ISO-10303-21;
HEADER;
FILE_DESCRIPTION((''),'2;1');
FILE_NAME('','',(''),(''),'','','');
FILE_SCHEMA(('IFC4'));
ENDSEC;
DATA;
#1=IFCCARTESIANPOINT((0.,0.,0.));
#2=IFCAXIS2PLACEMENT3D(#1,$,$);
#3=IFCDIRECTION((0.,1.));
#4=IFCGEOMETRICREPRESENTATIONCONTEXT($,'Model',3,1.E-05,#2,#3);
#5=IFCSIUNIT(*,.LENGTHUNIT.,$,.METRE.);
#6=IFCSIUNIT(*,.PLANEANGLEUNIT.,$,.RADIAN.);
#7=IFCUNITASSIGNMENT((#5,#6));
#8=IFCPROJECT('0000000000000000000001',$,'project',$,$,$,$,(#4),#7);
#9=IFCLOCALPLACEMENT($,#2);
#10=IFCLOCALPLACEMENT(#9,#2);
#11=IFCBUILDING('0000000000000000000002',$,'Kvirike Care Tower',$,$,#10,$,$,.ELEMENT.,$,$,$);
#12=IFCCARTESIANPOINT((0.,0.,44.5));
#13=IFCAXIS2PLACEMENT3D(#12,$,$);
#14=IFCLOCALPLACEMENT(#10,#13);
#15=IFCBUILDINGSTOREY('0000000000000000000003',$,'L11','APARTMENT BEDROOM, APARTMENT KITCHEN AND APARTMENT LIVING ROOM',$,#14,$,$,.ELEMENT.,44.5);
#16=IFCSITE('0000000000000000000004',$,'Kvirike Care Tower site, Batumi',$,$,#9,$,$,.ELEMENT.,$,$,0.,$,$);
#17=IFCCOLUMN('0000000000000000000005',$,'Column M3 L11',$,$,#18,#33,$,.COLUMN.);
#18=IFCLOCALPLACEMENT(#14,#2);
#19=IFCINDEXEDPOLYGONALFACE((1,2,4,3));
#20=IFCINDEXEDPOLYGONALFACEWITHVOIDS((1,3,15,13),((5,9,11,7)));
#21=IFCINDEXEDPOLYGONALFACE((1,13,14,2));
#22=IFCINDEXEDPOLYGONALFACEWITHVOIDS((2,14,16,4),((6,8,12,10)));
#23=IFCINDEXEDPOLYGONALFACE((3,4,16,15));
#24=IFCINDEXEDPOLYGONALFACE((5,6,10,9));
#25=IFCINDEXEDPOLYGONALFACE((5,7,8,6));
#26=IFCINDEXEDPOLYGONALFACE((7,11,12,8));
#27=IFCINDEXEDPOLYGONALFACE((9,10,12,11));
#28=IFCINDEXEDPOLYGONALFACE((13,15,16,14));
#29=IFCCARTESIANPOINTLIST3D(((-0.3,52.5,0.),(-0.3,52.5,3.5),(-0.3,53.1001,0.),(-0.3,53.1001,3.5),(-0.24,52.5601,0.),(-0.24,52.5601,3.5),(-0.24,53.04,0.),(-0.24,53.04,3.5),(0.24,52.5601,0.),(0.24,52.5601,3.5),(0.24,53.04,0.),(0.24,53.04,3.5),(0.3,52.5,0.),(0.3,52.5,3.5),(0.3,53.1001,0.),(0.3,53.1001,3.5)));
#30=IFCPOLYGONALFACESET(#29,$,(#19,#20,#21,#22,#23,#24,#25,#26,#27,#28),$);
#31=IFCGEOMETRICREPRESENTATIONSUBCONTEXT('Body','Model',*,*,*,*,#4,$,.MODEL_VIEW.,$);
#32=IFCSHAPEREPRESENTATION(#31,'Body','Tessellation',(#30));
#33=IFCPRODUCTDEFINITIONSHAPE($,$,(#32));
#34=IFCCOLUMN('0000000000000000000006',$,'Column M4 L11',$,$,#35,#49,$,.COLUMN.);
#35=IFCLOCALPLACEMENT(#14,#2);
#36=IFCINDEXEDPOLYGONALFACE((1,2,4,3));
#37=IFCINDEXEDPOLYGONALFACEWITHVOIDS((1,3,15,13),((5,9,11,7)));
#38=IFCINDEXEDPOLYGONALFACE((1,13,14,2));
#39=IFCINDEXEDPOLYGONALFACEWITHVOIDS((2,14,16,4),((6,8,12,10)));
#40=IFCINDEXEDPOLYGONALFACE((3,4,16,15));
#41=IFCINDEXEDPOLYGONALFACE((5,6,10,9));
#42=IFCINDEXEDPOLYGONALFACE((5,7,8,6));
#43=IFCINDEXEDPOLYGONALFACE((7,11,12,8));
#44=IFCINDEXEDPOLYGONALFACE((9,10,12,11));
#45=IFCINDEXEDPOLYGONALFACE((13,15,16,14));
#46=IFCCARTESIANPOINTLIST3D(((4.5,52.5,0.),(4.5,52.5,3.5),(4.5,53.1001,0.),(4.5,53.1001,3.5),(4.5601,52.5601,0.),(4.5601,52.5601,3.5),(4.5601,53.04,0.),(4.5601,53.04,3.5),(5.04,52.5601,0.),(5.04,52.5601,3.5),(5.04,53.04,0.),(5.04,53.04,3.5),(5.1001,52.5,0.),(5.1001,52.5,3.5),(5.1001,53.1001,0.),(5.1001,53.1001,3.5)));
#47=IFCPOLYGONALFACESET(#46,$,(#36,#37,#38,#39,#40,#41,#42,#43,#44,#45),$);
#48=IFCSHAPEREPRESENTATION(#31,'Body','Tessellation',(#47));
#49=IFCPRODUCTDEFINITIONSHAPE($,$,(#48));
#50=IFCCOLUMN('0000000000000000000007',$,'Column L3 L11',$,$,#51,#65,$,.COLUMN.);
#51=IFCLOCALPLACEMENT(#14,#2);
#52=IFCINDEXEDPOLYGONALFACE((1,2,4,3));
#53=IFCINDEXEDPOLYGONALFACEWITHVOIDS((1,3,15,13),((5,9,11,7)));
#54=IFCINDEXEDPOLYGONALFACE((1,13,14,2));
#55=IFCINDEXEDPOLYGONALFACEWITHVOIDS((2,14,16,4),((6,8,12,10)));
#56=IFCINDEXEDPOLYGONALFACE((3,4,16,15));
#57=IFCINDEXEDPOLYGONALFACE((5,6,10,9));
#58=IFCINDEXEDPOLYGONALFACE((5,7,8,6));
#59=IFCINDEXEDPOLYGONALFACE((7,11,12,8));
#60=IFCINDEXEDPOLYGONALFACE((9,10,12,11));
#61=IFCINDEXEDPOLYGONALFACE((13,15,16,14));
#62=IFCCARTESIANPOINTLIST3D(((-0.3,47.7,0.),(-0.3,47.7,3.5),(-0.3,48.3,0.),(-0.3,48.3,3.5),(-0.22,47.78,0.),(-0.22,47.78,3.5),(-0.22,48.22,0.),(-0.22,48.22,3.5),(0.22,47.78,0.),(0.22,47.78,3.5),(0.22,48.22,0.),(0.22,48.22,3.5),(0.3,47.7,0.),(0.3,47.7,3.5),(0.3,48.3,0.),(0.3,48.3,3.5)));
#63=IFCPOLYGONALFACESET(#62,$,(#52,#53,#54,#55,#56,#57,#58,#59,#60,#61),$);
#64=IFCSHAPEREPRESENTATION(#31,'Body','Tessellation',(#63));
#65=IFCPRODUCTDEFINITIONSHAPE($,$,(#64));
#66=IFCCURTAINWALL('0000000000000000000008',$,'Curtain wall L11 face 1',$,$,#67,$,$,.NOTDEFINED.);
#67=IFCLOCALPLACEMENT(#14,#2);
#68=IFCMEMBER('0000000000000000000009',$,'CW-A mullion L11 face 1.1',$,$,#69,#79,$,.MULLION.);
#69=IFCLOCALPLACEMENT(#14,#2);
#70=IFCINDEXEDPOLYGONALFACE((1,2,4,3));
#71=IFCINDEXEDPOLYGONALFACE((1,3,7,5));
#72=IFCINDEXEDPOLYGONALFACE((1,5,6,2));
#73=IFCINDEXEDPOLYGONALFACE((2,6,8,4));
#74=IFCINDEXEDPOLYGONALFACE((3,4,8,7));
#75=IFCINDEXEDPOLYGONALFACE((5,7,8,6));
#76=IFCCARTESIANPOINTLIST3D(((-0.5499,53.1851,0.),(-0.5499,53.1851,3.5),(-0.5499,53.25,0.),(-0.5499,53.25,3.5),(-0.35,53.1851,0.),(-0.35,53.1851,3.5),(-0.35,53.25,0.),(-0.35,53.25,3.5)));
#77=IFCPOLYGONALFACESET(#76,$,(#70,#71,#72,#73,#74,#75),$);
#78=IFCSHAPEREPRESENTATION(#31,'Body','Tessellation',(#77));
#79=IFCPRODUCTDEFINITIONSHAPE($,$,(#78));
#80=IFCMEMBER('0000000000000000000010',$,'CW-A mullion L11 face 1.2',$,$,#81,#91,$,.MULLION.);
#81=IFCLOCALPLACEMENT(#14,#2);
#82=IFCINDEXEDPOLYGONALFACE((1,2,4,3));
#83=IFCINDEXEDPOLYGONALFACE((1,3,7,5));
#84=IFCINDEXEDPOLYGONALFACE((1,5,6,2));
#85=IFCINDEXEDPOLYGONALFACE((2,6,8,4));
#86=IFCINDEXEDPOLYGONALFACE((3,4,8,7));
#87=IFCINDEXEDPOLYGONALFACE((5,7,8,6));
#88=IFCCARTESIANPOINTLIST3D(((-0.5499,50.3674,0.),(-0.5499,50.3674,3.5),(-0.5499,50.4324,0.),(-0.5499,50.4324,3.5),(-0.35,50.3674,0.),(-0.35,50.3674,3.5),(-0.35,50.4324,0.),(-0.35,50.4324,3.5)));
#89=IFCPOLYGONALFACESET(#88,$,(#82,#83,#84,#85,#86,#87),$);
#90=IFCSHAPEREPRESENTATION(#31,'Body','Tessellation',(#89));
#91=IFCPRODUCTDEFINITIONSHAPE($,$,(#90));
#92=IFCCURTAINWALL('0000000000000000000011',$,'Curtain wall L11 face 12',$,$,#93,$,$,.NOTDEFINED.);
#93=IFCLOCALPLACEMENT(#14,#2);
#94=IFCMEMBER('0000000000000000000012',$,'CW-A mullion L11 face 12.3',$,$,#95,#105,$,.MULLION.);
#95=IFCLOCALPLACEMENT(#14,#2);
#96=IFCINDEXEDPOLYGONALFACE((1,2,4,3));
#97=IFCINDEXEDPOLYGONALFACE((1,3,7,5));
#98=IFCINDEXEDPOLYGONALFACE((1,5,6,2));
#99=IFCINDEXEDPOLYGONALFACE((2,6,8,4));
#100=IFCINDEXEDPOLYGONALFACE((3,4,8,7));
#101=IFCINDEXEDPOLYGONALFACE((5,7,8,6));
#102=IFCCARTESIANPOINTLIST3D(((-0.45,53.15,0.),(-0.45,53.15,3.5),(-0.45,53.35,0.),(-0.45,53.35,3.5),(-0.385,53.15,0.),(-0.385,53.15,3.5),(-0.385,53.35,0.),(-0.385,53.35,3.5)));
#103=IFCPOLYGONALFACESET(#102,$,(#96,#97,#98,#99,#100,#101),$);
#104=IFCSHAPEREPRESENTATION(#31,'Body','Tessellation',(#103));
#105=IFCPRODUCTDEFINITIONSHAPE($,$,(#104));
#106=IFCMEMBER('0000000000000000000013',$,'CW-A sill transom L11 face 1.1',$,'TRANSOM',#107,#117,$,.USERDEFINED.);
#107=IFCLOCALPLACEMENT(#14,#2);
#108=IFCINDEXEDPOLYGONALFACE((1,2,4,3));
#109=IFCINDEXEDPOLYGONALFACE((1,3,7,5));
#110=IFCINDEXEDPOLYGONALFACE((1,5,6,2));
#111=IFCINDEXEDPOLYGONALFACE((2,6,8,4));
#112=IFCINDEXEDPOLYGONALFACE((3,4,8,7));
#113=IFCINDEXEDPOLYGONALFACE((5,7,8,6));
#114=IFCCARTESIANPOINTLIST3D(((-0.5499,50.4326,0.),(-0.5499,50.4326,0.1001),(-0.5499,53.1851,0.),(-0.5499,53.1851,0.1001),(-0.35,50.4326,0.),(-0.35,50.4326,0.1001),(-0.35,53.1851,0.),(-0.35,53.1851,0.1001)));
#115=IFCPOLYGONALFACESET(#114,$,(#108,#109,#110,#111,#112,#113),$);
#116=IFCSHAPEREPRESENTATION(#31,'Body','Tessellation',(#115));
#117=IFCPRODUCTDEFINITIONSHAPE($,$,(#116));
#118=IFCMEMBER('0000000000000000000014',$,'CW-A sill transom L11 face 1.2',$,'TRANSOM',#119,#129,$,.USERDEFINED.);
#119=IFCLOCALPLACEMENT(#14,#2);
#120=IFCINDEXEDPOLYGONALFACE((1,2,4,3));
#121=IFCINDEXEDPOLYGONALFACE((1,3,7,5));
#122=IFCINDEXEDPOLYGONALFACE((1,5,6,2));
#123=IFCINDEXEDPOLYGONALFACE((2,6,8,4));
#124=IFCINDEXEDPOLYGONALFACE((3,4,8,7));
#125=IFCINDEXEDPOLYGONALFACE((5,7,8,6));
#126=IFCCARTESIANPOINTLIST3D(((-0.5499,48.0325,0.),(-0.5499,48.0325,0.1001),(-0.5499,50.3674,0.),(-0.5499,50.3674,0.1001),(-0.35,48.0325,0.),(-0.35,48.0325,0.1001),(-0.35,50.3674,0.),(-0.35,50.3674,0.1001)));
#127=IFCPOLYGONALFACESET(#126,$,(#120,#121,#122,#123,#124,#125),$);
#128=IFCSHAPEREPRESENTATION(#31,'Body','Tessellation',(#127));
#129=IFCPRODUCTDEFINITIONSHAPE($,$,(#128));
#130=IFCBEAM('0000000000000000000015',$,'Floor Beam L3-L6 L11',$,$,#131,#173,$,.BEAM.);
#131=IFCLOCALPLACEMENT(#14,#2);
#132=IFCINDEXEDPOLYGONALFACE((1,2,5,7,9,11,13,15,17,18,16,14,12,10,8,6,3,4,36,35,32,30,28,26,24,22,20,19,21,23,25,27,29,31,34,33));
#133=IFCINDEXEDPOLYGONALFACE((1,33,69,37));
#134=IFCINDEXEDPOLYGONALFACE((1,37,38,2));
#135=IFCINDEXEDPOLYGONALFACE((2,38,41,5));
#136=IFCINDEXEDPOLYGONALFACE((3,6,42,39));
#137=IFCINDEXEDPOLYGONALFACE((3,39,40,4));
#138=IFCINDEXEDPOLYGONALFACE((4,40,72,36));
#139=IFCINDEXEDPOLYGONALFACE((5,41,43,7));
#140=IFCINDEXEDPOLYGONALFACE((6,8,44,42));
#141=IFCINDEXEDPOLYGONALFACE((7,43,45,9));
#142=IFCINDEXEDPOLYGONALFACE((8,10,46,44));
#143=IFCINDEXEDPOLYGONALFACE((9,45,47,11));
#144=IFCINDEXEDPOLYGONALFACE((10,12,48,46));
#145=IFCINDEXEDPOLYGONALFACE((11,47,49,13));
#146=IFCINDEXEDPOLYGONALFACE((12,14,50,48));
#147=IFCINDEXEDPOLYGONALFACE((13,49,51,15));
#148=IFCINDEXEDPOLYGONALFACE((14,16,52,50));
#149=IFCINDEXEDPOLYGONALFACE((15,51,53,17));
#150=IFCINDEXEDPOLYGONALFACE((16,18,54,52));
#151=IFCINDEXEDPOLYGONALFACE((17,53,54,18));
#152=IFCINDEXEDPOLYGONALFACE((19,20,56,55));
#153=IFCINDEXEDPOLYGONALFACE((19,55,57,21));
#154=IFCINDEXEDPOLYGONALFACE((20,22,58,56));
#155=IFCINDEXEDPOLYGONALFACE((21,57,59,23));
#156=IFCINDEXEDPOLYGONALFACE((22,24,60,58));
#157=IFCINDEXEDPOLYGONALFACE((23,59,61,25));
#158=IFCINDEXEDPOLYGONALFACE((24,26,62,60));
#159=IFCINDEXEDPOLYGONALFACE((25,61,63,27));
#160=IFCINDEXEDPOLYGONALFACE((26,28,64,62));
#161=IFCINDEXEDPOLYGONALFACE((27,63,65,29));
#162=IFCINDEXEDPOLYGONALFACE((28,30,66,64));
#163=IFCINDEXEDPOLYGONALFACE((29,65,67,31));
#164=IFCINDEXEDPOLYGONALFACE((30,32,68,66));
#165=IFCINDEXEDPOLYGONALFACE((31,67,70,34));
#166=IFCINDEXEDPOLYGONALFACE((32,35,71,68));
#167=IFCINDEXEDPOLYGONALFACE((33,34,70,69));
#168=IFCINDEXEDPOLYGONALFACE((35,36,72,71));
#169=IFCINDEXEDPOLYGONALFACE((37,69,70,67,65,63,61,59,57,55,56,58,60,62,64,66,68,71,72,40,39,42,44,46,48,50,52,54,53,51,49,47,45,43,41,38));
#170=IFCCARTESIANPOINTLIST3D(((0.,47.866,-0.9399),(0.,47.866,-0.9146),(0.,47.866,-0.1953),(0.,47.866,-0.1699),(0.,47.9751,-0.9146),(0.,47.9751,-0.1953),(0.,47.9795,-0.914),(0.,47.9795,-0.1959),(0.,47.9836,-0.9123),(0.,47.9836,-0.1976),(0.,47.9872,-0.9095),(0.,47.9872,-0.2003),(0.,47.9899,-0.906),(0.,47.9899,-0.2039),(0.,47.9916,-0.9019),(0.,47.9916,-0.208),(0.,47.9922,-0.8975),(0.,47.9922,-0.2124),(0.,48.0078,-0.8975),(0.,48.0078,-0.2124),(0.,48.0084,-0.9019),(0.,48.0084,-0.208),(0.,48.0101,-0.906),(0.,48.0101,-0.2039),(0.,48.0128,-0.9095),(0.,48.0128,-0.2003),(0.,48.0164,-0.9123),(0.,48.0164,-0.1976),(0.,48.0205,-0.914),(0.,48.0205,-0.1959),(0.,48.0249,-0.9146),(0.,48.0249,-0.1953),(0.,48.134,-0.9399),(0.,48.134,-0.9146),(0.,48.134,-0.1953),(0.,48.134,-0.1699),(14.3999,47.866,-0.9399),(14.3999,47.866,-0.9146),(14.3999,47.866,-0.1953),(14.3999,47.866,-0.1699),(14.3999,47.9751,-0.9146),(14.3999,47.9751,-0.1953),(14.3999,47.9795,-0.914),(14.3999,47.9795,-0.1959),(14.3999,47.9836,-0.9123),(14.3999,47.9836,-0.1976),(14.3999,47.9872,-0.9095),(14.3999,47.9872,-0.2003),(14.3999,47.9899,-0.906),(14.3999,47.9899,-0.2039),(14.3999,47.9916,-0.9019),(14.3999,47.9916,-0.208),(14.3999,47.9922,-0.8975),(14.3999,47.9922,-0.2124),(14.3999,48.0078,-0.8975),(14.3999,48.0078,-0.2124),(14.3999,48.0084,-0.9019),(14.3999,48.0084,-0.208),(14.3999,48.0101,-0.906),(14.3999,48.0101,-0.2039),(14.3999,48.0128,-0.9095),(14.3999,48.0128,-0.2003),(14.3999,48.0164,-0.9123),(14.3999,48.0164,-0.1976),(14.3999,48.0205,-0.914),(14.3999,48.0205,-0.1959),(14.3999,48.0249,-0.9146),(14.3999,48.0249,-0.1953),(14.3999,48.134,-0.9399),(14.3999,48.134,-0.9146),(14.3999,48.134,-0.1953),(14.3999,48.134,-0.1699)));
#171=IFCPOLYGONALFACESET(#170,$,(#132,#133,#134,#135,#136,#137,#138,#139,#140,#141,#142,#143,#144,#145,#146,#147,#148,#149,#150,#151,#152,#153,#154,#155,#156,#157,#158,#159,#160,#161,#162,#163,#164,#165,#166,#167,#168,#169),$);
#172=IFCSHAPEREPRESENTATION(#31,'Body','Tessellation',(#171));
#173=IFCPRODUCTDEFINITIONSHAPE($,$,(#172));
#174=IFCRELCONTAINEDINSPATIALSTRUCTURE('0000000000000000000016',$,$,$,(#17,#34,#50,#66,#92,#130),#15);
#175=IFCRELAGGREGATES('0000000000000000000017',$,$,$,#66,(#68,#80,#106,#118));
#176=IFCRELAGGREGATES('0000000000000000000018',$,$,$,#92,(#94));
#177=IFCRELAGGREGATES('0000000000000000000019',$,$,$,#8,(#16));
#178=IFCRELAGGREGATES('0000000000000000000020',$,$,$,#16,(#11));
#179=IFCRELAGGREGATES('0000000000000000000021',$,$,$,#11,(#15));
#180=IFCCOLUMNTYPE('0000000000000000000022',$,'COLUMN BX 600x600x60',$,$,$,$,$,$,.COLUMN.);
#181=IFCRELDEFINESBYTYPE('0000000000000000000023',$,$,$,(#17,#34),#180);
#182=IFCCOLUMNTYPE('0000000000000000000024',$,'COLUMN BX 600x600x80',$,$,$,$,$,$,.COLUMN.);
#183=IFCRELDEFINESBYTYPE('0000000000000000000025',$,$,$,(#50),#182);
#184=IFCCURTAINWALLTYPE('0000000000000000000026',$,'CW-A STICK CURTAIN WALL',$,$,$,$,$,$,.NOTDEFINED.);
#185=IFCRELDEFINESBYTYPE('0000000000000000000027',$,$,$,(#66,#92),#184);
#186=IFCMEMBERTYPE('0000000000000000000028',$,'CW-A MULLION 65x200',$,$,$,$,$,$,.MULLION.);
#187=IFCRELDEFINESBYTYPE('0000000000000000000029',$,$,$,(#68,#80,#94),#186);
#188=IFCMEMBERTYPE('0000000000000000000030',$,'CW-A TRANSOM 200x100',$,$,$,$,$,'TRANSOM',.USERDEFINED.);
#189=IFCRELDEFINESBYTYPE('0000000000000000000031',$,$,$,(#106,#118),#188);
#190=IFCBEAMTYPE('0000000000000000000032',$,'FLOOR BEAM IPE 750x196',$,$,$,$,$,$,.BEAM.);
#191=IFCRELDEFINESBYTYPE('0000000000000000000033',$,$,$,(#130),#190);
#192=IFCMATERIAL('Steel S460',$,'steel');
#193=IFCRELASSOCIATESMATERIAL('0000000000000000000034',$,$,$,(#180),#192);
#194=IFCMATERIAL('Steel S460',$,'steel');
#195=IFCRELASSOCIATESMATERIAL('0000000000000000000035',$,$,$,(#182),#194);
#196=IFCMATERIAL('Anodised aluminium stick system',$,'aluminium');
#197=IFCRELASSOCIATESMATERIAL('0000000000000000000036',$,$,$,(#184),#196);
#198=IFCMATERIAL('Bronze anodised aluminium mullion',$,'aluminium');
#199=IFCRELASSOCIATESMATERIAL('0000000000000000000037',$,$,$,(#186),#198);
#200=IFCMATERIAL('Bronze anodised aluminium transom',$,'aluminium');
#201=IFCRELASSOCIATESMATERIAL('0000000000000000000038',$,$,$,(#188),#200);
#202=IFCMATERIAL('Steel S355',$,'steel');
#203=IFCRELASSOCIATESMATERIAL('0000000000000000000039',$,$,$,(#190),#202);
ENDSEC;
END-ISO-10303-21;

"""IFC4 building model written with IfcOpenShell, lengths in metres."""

from ifc_helpers import new_model, si_unit, direction, frame, origin, origin_2d, place, context, subcontext, project, spatial, rectangle, hollow_rectangle, i_section, extrude, material, material_profile, profile_set, type_object, element, aggregate, save


model = new_model("IFC4")

# Units and contexts
model_context = context("Model", 3, precision=1e-05, world=origin(), true_north=direction((0.0, 1.0)))
body_context = subcontext(model_context, "Body", "Model", "MODEL_VIEW")
ifc_project = project(units=[si_unit("LENGTHUNIT", "METRE"), si_unit("PLANEANGLEUNIT", "RADIAN")], contexts=[model_context])

# Site, building, storey
site_placement = place(None, origin())
site = spatial("IfcSite", under=ifc_project, at=site_placement, Name="Kvirike Care Tower site, Batumi", CompositionType="ELEMENT", RefElevation=0.0)
building_placement = place(site_placement, origin())
building = spatial("IfcBuilding", under=site, at=building_placement, Name="Kvirike Care Tower", CompositionType="ELEMENT")
storey_placement = place(building_placement, frame((0.0, 0.0, 44.5)))
storey = spatial("IfcBuildingStorey", under=building, at=storey_placement, Name="L11", Description="APARTMENT BEDROOM, APARTMENT KITCHEN AND APARTMENT LIVING ROOM", CompositionType="ELEMENT", Elevation=44.5)

# Columns
ifc_material_1 = material(Name="Steel S460", Category="steel")
ifc_material_profile_1 = material_profile(ifc_material_1, hollow_rectangle(XDim=0.6001, YDim=0.6001, WallThickness=0.0601, at=origin_2d()), Name="BX 600x600x60")
ifc_profile_set_1 = profile_set([ifc_material_profile_1], Name="Steel S460")
column_type_1 = type_object("IfcColumnType", Name="COLUMN BX 600x600x60", PredefinedType="COLUMN", material=ifc_profile_set_1)
for number, where, z_axis, x_axis, name in (
    (1, (0.0, 52.8, 0.0), (0.0, 0.0, 1.0), (0.0, 1.0, 0.0), "Column M3 L11"),
    (2, (4.8, 52.8, 0.0), (0.0, 0.0, 1.0), (0.0, 1.0, 0.0), "Column M4 L11"),
):
    element("IfcColumn", number, at=place(storey_placement, frame(where, z_axis=z_axis, x_axis=x_axis)), inside=storey, type_object=column_type_1, Name=name, PredefinedType="COLUMN", context=body_context, shape_type="SweptSolid", body=[
        extrude(hollow_rectangle(XDim=0.6001, YDim=0.6001, WallThickness=0.0601, at=origin_2d()), origin(), (0.0, 0.0, 1.0), 3.5),
    ])
ifc_material_2 = material(Name="Steel S460", Category="steel")
ifc_material_profile_2 = material_profile(ifc_material_2, hollow_rectangle(XDim=0.6001, YDim=0.6001, WallThickness=0.0801, at=origin_2d()), Name="BX 600x600x80")
ifc_profile_set_2 = profile_set([ifc_material_profile_2], Name="Steel S460")
column_type_2 = type_object("IfcColumnType", Name="COLUMN BX 600x600x80", PredefinedType="COLUMN", material=ifc_profile_set_2)
column_placement = place(storey_placement, frame((0.0, 48.0, 0.0), z_axis=(0.0, 0.0, 1.0), x_axis=(1.0, 0.0, 0.0)))
element("IfcColumn", 3, at=column_placement, inside=storey, type_object=column_type_2, Name="Column L3 L11", PredefinedType="COLUMN", context=body_context, shape_type="SweptSolid", body=[
    extrude(hollow_rectangle(XDim=0.6001, YDim=0.6001, WallThickness=0.0801, at=origin_2d()), origin(), (0.0, 0.0, 1.0), 3.5),
])

# Curtain wall, members
ifc_material_3 = material(Name="Anodised aluminium stick system", Category="aluminium")
curtain_wall_type = type_object("IfcCurtainWallType", Name="CW-A STICK CURTAIN WALL", PredefinedType="NOTDEFINED", material=ifc_material_3)
curtain_wall_1_placement = place(storey_placement, origin())
curtain_wall_1 = element("IfcCurtainWall", 4, at=curtain_wall_1_placement, inside=storey, type_object=curtain_wall_type, Name="Curtain wall L11 face 1", PredefinedType="NOTDEFINED")
ifc_material_4 = material(Name="Bronze anodised aluminium mullion", Category="aluminium")
ifc_material_profile_3 = material_profile(ifc_material_4, rectangle(XDim=0.0649, YDim=0.2, at=origin_2d()), Name="CW-A MULLION 65x200")
ifc_profile_set_3 = profile_set([ifc_material_profile_3], Name="Bronze anodised aluminium mullion")
member_type_1 = type_object("IfcMemberType", Name="CW-A MULLION 65x200", PredefinedType="MULLION", material=ifc_profile_set_3)
member_1_placement = place(storey_placement, frame((-0.45, 53.2175, 0.0), z_axis=(0.0, 0.0, 1.0), x_axis=(0.0, -1.0, 0.0)))
member_1 = element("IfcMember", 5, at=member_1_placement, type_object=member_type_1, Name="CW-A mullion L11 face 1.1", PredefinedType="MULLION", context=body_context, shape_type="SweptSolid", body=[
    extrude(rectangle(XDim=0.0649, YDim=0.2, at=origin_2d()), origin(), (0.0, 0.0, 1.0), 3.5),
])
member_2_placement = place(storey_placement, frame((-0.45, 50.3999, 0.0), z_axis=(0.0, 0.0, 1.0), x_axis=(0.0, -1.0, 0.0)))
member_2 = element("IfcMember", 6, at=member_2_placement, type_object=member_type_1, Name="CW-A mullion L11 face 1.2", PredefinedType="MULLION", context=body_context, shape_type="SweptSolid", body=[
    extrude(rectangle(XDim=0.0649, YDim=0.2, at=origin_2d()), origin(), (0.0, 0.0, 1.0), 3.5),
])

# Curtain wall, member
curtain_wall_2_placement = place(storey_placement, origin())
curtain_wall_2 = element("IfcCurtainWall", 7, at=curtain_wall_2_placement, inside=storey, type_object=curtain_wall_type, Name="Curtain wall L11 face 12", PredefinedType="NOTDEFINED")
member_3_placement = place(storey_placement, frame((-0.4175, 53.25, 0.0), z_axis=(0.0, 0.0, 1.0), x_axis=(-1.0, 0.0, 0.0)))
member_3 = element("IfcMember", 8, at=member_3_placement, type_object=member_type_1, Name="CW-A mullion L11 face 12.3", PredefinedType="MULLION", context=body_context, shape_type="SweptSolid", body=[
    extrude(rectangle(XDim=0.0649, YDim=0.2, at=origin_2d()), origin(), (0.0, 0.0, 1.0), 3.5),
])

# Members
ifc_material_5 = material(Name="Bronze anodised aluminium transom", Category="aluminium")
ifc_material_profile_4 = material_profile(ifc_material_5, rectangle(XDim=0.2, YDim=0.1001, at=origin_2d()), Name="CW-A TRANSOM 200x100")
ifc_profile_set_4 = profile_set([ifc_material_profile_4], Name="Bronze anodised aluminium transom")
member_type_2 = type_object("IfcMemberType", Name="CW-A TRANSOM 200x100", ElementType="TRANSOM", PredefinedType="USERDEFINED", material=ifc_profile_set_4)
member_4_placement = place(storey_placement, frame((-0.45, 53.1851, 0.05), z_axis=(0.0, -1.0, 0.0), x_axis=(1.0, 0.0, 0.0)))
member_4 = element("IfcMember", 9, at=member_4_placement, type_object=member_type_2, Name="CW-A sill transom L11 face 1.1", ObjectType="TRANSOM", PredefinedType="USERDEFINED", context=body_context, shape_type="SweptSolid", body=[
    extrude(rectangle(XDim=0.2, YDim=0.1001, at=origin_2d()), origin(), (0.0, 0.0, 1.0), 2.7524),
])
member_5_placement = place(storey_placement, frame((-0.45, 50.3674, 0.05), z_axis=(0.0, -1.0, 0.0), x_axis=(1.0, 0.0, 0.0)))
member_5 = element("IfcMember", 10, at=member_5_placement, type_object=member_type_2, Name="CW-A sill transom L11 face 1.2", ObjectType="TRANSOM", PredefinedType="USERDEFINED", context=body_context, shape_type="SweptSolid", body=[
    extrude(rectangle(XDim=0.2, YDim=0.1001, at=origin_2d()), origin(), (0.0, 0.0, 1.0), 2.335),
])

# Beam
ifc_material_6 = material(Name="Steel S355", Category="steel")
ifc_material_profile_5 = material_profile(ifc_material_6, i_section(OverallWidth=0.2681, OverallDepth=0.77, WebThickness=0.0156, FlangeThickness=0.0254, FilletRadius=0.0171, at=origin_2d()), Name="IPE 750x196")
ifc_profile_set_5 = profile_set([ifc_material_profile_5], Name="Steel S355")
beam_type_1 = type_object("IfcBeamType", Name="FLOOR BEAM IPE 750x196", PredefinedType="BEAM", material=ifc_profile_set_5)
beam_1_placement = place(storey_placement, frame((0.0, 48.0, -0.5549), z_axis=(1.0, 0.0, 0.0), x_axis=(0.0, 1.0, 0.0)))
element("IfcBeam", 11, at=beam_1_placement, inside=storey, type_object=beam_type_1, Name="Floor Beam L3-L6 L11", PredefinedType="BEAM", context=body_context, shape_type="SweptSolid", body=[
    extrude(i_section(OverallWidth=0.2681, OverallDepth=0.77, WebThickness=0.0156, FlangeThickness=0.0254, FilletRadius=0.0171, at=origin_2d()), origin(), (0.0, 0.0, 1.0), 14.3999),
])

aggregate(curtain_wall_1, [member_1, member_2, member_4, member_5])
aggregate(curtain_wall_2, [member_3])

save(model, "model.ifc")
